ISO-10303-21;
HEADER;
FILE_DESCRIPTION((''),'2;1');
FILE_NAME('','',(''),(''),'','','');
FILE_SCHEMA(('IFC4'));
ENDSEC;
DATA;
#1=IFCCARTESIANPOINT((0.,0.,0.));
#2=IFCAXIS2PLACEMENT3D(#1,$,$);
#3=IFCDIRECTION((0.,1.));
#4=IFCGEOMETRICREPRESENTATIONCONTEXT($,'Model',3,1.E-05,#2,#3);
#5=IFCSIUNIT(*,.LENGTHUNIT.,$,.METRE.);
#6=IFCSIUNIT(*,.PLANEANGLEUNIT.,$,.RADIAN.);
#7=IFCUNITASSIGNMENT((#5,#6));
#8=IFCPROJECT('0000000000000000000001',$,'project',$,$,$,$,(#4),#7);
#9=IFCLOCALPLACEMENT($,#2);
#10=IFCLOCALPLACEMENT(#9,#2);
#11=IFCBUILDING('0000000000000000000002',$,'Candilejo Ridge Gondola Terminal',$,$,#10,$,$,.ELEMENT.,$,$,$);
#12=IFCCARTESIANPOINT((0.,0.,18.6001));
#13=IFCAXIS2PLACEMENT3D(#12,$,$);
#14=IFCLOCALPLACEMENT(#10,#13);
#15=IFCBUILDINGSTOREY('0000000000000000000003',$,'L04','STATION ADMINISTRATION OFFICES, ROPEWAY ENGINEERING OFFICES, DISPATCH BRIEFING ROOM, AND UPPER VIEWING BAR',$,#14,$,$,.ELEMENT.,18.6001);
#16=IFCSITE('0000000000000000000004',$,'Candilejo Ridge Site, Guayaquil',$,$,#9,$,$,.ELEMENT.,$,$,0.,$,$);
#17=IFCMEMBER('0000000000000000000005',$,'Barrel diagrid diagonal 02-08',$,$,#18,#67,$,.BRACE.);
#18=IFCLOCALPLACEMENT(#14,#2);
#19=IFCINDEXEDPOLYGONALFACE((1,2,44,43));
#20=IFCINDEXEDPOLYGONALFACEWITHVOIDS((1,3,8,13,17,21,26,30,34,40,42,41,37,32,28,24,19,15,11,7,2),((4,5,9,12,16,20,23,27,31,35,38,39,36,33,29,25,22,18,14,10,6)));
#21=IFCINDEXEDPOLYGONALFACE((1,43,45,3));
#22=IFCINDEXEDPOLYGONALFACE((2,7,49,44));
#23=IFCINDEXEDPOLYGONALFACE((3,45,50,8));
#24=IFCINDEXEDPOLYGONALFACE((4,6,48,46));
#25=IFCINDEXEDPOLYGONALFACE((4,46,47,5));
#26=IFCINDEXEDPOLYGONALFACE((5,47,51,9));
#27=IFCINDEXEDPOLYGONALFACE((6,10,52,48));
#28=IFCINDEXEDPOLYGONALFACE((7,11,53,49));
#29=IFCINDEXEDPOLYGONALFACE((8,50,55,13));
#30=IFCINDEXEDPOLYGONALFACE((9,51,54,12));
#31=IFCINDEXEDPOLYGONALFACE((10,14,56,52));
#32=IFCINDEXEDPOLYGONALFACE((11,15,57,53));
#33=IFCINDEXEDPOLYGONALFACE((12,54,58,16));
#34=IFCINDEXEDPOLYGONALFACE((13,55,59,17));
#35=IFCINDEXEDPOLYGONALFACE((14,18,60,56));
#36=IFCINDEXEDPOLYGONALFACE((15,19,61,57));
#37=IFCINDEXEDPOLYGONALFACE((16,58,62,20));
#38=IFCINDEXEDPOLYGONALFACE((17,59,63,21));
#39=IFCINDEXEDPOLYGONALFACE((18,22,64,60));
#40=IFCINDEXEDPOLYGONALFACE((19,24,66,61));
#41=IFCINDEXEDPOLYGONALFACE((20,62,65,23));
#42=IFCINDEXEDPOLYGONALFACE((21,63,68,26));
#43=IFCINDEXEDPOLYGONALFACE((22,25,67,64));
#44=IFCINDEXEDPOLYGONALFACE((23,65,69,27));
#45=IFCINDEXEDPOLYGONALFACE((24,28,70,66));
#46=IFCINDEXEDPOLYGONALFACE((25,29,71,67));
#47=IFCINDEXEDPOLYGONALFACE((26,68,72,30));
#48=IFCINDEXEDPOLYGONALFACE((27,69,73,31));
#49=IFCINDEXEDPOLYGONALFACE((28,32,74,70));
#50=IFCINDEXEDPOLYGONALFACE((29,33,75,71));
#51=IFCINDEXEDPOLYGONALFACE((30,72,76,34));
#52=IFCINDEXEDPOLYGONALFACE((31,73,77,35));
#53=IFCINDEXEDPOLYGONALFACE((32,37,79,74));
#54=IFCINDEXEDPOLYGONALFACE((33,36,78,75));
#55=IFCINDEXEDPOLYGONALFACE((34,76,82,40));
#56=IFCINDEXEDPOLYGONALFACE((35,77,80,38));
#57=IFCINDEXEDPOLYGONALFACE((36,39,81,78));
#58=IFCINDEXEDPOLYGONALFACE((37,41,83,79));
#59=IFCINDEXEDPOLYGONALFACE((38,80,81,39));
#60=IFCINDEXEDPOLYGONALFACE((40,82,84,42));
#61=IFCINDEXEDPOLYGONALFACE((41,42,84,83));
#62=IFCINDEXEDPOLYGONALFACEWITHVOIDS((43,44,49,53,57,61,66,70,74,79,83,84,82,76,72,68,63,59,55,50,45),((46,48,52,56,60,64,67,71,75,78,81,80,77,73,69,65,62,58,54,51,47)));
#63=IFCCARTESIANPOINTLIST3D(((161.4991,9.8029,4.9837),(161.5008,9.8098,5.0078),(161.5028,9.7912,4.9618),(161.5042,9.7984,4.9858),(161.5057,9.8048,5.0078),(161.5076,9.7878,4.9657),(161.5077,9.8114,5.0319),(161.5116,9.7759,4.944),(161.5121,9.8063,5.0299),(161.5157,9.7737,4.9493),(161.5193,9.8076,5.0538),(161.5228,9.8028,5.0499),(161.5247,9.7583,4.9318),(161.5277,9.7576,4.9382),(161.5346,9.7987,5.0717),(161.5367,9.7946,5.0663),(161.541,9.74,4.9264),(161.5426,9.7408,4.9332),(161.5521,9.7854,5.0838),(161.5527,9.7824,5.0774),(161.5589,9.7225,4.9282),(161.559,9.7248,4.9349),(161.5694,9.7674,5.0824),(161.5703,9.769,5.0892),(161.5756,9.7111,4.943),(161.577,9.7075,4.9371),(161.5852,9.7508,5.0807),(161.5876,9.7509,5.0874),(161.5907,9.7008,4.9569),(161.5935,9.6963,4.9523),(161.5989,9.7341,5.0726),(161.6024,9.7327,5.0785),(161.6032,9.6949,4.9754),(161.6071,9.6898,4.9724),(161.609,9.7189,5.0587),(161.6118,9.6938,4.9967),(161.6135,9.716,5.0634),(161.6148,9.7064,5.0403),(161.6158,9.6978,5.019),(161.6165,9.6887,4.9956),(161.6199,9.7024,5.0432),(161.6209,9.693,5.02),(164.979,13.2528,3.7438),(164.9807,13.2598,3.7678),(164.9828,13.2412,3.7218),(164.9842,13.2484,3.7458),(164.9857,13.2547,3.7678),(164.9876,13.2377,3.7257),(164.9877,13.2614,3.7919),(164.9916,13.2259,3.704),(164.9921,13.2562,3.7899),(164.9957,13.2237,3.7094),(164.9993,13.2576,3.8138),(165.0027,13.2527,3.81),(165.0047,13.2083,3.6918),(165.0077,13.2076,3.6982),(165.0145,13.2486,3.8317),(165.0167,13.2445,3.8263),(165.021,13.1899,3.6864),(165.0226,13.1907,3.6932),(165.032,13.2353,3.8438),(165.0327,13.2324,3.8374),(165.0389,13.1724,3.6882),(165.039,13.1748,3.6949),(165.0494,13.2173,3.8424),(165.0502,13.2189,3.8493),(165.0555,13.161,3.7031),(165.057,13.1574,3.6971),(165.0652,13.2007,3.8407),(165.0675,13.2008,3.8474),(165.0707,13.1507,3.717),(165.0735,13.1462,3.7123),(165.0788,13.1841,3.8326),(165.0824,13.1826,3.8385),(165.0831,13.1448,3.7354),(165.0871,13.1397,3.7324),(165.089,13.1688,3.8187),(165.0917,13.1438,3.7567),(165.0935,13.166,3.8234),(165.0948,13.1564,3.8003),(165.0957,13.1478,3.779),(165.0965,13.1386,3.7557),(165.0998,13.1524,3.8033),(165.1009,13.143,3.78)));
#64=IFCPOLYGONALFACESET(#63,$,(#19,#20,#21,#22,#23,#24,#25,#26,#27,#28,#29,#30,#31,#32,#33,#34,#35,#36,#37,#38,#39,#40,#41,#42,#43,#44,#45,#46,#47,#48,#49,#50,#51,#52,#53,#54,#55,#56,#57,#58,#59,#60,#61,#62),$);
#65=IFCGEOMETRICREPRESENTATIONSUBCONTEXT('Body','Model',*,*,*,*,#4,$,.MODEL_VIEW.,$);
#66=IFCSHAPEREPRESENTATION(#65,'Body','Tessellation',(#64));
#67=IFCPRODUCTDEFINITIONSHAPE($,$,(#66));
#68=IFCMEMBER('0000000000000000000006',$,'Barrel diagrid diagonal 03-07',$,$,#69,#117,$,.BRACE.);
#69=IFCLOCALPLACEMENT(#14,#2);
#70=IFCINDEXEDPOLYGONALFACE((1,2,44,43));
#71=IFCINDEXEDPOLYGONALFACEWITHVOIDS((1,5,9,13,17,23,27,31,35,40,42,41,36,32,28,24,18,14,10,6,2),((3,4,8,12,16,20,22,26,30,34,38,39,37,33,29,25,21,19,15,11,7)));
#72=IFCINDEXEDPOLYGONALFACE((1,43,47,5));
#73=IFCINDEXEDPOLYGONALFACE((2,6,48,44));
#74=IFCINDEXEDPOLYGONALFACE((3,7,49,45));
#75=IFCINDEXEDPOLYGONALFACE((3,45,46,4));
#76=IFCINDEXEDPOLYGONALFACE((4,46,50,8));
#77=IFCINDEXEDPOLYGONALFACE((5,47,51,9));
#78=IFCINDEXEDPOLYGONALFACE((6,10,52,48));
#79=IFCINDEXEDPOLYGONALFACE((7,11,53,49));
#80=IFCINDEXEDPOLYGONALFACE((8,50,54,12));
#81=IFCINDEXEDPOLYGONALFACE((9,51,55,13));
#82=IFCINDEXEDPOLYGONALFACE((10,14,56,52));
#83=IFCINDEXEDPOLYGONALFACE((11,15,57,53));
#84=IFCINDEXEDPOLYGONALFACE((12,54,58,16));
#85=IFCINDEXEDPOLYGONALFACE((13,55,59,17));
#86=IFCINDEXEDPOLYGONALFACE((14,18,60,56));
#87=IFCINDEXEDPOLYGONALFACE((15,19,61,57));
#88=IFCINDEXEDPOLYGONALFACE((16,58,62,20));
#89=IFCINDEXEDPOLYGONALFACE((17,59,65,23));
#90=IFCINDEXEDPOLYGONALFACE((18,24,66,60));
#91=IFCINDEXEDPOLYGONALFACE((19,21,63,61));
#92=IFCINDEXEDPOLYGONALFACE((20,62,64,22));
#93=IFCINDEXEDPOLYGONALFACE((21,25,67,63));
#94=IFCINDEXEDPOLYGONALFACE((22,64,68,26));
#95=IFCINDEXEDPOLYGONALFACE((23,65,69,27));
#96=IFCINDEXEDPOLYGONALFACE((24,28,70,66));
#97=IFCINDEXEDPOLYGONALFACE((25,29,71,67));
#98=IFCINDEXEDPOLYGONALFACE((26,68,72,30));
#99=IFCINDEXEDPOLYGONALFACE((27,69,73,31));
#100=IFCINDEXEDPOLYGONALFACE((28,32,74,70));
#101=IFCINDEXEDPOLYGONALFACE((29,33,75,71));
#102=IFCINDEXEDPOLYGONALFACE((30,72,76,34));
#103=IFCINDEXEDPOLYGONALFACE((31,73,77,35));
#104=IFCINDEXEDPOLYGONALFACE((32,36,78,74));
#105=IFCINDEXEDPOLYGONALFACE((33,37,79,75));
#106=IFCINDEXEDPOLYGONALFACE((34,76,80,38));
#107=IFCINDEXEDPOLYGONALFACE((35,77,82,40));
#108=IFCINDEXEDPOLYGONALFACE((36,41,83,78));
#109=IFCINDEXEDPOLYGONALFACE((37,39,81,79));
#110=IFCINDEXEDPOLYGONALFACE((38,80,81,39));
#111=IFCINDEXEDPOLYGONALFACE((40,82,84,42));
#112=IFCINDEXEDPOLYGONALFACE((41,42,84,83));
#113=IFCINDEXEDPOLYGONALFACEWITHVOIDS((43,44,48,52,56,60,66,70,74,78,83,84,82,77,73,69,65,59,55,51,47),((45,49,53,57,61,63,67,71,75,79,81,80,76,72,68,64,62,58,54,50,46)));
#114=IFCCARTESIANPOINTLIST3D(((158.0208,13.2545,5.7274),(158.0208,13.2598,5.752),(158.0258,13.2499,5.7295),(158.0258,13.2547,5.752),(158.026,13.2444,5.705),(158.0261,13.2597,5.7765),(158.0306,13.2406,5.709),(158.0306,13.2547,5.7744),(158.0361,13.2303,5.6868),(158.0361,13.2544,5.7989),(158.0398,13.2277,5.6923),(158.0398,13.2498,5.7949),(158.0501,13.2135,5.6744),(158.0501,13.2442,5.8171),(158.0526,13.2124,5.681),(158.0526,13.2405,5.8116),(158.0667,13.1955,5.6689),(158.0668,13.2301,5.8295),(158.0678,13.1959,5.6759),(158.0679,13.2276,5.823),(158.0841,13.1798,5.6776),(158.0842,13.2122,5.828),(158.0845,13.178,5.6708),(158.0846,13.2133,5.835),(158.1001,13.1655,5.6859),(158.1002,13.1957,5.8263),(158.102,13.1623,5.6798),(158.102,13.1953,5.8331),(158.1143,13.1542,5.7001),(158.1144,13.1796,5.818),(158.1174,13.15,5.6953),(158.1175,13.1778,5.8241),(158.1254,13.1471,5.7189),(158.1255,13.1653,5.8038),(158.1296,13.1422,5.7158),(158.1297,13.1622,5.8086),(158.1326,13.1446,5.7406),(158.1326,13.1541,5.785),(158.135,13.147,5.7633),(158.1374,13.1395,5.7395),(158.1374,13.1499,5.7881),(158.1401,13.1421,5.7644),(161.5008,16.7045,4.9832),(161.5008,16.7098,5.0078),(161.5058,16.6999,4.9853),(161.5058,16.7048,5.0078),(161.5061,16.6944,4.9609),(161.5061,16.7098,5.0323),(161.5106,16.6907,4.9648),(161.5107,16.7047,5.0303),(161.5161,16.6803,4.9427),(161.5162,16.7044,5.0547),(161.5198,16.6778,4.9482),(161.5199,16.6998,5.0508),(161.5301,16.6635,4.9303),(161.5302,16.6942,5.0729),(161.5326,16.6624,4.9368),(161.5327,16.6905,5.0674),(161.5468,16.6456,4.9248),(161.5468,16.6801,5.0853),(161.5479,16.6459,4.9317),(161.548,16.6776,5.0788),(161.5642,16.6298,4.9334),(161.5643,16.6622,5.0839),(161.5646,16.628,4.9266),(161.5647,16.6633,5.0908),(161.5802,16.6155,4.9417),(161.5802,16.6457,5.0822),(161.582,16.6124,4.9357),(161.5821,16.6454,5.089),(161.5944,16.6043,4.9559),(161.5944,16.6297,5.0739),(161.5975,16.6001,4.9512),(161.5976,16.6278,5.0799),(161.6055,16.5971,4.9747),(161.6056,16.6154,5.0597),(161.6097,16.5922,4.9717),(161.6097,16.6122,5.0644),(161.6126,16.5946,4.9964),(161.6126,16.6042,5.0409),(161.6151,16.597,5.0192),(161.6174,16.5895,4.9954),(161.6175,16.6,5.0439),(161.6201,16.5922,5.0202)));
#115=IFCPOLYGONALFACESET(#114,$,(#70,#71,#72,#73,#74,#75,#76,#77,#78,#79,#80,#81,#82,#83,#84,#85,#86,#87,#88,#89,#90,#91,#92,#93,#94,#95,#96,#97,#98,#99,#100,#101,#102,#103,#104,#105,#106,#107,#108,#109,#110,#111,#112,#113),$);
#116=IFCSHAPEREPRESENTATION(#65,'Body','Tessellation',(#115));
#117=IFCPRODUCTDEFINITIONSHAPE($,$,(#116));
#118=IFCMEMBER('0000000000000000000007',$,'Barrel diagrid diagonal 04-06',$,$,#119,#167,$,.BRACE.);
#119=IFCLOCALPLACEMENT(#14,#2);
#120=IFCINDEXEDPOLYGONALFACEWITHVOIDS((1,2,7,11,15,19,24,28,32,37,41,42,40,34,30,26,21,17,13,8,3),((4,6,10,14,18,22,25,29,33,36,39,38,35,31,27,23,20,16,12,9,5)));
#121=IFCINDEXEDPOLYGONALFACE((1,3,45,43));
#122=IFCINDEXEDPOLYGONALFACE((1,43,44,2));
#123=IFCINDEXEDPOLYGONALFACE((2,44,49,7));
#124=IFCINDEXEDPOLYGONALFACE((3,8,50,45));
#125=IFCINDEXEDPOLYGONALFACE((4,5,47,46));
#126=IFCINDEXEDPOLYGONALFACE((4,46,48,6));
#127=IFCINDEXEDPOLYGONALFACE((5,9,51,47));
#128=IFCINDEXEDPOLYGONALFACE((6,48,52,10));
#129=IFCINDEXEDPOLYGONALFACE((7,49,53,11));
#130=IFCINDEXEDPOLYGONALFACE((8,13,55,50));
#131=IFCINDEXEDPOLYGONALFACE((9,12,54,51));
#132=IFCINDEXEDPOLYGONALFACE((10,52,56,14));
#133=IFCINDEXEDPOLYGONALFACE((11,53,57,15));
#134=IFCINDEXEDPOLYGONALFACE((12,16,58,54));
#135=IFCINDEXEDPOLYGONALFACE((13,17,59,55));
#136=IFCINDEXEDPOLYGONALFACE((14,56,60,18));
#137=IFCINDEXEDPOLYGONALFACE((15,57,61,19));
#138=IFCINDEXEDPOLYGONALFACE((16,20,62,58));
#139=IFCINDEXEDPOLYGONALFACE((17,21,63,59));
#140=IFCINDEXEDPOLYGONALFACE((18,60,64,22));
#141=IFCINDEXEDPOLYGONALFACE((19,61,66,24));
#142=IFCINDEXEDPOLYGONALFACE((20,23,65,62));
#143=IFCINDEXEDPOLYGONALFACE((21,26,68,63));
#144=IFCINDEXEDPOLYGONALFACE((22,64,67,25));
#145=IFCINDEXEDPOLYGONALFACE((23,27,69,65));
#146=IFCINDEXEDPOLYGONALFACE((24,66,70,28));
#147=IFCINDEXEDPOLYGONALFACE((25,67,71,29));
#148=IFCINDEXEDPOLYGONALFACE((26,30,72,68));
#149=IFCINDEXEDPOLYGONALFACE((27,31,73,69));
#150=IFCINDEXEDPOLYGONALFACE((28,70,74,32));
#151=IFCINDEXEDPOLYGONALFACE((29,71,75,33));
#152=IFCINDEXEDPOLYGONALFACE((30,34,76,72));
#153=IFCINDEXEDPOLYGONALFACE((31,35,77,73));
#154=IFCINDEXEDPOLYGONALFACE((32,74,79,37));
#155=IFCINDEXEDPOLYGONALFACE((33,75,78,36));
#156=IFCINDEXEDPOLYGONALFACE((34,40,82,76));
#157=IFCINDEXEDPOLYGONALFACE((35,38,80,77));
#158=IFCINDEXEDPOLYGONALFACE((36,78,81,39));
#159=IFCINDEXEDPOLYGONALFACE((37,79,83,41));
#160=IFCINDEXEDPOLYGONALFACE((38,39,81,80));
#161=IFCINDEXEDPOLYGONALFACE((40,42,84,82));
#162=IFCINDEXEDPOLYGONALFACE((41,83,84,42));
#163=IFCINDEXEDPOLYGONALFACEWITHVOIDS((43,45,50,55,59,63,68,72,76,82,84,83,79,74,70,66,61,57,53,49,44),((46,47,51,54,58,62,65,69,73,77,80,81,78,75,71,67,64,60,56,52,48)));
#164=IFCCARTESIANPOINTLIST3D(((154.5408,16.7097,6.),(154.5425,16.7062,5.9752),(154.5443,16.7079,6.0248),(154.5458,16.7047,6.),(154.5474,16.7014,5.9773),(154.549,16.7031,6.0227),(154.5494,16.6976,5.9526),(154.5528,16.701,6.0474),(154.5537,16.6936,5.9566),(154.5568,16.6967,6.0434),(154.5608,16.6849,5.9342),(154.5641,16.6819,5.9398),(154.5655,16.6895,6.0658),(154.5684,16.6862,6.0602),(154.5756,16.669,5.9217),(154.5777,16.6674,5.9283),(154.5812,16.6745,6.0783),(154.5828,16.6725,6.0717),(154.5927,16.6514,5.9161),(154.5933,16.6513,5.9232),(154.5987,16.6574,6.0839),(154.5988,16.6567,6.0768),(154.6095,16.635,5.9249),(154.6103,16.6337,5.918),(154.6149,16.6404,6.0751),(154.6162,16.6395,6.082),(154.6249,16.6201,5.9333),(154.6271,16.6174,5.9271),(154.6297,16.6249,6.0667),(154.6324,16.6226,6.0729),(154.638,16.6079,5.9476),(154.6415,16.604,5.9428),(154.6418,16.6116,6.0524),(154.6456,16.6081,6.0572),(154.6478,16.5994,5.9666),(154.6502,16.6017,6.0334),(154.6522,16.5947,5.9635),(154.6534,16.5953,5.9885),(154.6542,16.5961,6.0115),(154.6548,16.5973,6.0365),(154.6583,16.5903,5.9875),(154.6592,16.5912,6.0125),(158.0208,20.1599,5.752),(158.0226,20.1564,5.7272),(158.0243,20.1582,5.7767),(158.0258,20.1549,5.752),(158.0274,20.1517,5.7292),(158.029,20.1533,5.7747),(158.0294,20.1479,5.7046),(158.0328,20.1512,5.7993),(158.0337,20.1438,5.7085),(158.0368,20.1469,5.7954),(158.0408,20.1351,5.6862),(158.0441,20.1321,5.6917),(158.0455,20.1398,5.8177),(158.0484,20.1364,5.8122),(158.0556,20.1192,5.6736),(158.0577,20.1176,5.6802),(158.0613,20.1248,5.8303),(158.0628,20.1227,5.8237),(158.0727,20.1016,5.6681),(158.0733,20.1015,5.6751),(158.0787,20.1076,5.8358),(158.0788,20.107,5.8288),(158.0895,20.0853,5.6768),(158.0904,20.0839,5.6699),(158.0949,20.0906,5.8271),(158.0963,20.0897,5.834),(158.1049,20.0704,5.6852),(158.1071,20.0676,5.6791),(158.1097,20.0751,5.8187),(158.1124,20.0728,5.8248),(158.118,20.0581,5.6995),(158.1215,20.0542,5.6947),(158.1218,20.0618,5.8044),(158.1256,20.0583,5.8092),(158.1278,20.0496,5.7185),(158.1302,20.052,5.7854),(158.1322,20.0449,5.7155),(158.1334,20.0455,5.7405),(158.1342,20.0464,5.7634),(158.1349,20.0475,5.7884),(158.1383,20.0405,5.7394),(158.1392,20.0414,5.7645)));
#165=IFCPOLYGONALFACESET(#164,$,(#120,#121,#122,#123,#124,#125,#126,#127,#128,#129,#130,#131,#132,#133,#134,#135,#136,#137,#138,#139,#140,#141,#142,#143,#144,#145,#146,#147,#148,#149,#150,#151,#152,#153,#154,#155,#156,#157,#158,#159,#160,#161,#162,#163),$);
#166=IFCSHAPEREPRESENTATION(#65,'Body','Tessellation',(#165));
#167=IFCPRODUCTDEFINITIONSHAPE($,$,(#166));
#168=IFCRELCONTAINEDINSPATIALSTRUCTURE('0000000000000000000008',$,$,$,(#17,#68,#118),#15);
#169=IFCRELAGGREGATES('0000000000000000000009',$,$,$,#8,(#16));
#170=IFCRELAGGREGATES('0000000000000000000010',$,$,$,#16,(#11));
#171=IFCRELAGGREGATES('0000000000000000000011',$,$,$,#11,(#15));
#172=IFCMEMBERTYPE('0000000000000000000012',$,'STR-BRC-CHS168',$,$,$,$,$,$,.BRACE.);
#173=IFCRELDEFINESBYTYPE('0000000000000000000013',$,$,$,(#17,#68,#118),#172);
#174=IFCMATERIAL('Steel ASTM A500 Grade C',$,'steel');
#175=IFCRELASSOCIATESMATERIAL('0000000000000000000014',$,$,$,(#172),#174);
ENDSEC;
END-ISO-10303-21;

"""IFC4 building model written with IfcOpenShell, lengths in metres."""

from ifc_helpers import new_model, si_unit, direction, frame, origin, origin_2d, place, context, subcontext, project, spatial, hollow_circle, extrude, material, material_profile, profile_set, type_object, element, save


model = new_model("IFC4")

# Units and contexts
model_context = context("Model", 3, precision=1e-05, world=origin(), true_north=direction((0.0, 1.0)))
body_context = subcontext(model_context, "Body", "Model", "MODEL_VIEW")
ifc_project = project(units=[si_unit("LENGTHUNIT", "METRE"), si_unit("PLANEANGLEUNIT", "RADIAN")], contexts=[model_context])

# Site, building, storey
site_placement = place(None, origin())
site = spatial("IfcSite", under=ifc_project, at=site_placement, Name="Candilejo Ridge Site, Guayaquil", CompositionType="ELEMENT", RefElevation=0.0)
building_placement = place(site_placement, origin())
building = spatial("IfcBuilding", under=site, at=building_placement, Name="Candilejo Ridge Gondola Terminal", CompositionType="ELEMENT")
storey_placement = place(building_placement, frame((0.0, 0.0, 18.6001)))
storey = spatial("IfcBuildingStorey", under=building, at=storey_placement, Name="L04", Description="STATION ADMINISTRATION OFFICES, ROPEWAY ENGINEERING OFFICES, DISPATCH BRIEFING ROOM, AND UPPER VIEWING BAR", CompositionType="ELEMENT", Elevation=18.6001)

# Members
ifc_material_1 = material(Name="Steel ASTM A500 Grade C", Category="steel")
ifc_material_profile_1 = material_profile(ifc_material_1, hollow_circle(Radius=0.0842, WallThickness=0.0071, at=origin_2d()))
ifc_profile_set_1 = profile_set([ifc_material_profile_1], Name="Steel ASTM A500 Grade C")
member_type_1 = type_object("IfcMemberType", Name="STR-BRC-CHS168", PredefinedType="BRACE", material=ifc_profile_set_1)
member_1_placement = place(storey_placement, frame((161.5601, 9.75, 5.0078), z_axis=(0.688464, 0.682523, -0.245314), x_axis=(-0.704036, 0.710164, 0.0)))
element("IfcMember", 1, at=member_1_placement, inside=storey, type_object=member_type_1, Name="Barrel diagrid diagonal 02-08", PredefinedType="BRACE", context=body_context, shape_type="SweptSolid", body=[
    extrude(hollow_circle(Radius=0.0842, WallThickness=0.0071, at=origin_2d()), origin(), (0.0, 0.0, 1.0), 5.0547),
])
member_2_placement = place(storey_placement, frame((158.0801, 13.2, 5.752), z_axis=(0.702115, 0.696056, -0.150136), x_axis=(-0.704036, 0.710164, 0.0)))
element("IfcMember", 2, at=member_2_placement, inside=storey, type_object=member_type_1, Name="Barrel diagrid diagonal 03-07", PredefinedType="BRACE", context=body_context, shape_type="SweptSolid", body=[
    extrude(hollow_circle(Radius=0.0842, WallThickness=0.0071, at=origin_2d()), origin(), (0.0, 0.0, 1.0), 4.9565),
])
member_3_placement = place(storey_placement, frame((154.6001, 16.6499, 6.0), z_axis=(0.709231, 0.703161, -0.050553), x_axis=(-0.704061, 0.710139, 0.0)))
element("IfcMember", 3, at=member_3_placement, inside=storey, type_object=member_type_1, Name="Barrel diagrid diagonal 04-06", PredefinedType="BRACE", context=body_context, shape_type="SweptSolid", body=[
    extrude(hollow_circle(Radius=0.0842, WallThickness=0.0071, at=origin_2d()), origin(), (0.0, 0.0, 1.0), 4.9067),
])

save(model, "model.ifc")
